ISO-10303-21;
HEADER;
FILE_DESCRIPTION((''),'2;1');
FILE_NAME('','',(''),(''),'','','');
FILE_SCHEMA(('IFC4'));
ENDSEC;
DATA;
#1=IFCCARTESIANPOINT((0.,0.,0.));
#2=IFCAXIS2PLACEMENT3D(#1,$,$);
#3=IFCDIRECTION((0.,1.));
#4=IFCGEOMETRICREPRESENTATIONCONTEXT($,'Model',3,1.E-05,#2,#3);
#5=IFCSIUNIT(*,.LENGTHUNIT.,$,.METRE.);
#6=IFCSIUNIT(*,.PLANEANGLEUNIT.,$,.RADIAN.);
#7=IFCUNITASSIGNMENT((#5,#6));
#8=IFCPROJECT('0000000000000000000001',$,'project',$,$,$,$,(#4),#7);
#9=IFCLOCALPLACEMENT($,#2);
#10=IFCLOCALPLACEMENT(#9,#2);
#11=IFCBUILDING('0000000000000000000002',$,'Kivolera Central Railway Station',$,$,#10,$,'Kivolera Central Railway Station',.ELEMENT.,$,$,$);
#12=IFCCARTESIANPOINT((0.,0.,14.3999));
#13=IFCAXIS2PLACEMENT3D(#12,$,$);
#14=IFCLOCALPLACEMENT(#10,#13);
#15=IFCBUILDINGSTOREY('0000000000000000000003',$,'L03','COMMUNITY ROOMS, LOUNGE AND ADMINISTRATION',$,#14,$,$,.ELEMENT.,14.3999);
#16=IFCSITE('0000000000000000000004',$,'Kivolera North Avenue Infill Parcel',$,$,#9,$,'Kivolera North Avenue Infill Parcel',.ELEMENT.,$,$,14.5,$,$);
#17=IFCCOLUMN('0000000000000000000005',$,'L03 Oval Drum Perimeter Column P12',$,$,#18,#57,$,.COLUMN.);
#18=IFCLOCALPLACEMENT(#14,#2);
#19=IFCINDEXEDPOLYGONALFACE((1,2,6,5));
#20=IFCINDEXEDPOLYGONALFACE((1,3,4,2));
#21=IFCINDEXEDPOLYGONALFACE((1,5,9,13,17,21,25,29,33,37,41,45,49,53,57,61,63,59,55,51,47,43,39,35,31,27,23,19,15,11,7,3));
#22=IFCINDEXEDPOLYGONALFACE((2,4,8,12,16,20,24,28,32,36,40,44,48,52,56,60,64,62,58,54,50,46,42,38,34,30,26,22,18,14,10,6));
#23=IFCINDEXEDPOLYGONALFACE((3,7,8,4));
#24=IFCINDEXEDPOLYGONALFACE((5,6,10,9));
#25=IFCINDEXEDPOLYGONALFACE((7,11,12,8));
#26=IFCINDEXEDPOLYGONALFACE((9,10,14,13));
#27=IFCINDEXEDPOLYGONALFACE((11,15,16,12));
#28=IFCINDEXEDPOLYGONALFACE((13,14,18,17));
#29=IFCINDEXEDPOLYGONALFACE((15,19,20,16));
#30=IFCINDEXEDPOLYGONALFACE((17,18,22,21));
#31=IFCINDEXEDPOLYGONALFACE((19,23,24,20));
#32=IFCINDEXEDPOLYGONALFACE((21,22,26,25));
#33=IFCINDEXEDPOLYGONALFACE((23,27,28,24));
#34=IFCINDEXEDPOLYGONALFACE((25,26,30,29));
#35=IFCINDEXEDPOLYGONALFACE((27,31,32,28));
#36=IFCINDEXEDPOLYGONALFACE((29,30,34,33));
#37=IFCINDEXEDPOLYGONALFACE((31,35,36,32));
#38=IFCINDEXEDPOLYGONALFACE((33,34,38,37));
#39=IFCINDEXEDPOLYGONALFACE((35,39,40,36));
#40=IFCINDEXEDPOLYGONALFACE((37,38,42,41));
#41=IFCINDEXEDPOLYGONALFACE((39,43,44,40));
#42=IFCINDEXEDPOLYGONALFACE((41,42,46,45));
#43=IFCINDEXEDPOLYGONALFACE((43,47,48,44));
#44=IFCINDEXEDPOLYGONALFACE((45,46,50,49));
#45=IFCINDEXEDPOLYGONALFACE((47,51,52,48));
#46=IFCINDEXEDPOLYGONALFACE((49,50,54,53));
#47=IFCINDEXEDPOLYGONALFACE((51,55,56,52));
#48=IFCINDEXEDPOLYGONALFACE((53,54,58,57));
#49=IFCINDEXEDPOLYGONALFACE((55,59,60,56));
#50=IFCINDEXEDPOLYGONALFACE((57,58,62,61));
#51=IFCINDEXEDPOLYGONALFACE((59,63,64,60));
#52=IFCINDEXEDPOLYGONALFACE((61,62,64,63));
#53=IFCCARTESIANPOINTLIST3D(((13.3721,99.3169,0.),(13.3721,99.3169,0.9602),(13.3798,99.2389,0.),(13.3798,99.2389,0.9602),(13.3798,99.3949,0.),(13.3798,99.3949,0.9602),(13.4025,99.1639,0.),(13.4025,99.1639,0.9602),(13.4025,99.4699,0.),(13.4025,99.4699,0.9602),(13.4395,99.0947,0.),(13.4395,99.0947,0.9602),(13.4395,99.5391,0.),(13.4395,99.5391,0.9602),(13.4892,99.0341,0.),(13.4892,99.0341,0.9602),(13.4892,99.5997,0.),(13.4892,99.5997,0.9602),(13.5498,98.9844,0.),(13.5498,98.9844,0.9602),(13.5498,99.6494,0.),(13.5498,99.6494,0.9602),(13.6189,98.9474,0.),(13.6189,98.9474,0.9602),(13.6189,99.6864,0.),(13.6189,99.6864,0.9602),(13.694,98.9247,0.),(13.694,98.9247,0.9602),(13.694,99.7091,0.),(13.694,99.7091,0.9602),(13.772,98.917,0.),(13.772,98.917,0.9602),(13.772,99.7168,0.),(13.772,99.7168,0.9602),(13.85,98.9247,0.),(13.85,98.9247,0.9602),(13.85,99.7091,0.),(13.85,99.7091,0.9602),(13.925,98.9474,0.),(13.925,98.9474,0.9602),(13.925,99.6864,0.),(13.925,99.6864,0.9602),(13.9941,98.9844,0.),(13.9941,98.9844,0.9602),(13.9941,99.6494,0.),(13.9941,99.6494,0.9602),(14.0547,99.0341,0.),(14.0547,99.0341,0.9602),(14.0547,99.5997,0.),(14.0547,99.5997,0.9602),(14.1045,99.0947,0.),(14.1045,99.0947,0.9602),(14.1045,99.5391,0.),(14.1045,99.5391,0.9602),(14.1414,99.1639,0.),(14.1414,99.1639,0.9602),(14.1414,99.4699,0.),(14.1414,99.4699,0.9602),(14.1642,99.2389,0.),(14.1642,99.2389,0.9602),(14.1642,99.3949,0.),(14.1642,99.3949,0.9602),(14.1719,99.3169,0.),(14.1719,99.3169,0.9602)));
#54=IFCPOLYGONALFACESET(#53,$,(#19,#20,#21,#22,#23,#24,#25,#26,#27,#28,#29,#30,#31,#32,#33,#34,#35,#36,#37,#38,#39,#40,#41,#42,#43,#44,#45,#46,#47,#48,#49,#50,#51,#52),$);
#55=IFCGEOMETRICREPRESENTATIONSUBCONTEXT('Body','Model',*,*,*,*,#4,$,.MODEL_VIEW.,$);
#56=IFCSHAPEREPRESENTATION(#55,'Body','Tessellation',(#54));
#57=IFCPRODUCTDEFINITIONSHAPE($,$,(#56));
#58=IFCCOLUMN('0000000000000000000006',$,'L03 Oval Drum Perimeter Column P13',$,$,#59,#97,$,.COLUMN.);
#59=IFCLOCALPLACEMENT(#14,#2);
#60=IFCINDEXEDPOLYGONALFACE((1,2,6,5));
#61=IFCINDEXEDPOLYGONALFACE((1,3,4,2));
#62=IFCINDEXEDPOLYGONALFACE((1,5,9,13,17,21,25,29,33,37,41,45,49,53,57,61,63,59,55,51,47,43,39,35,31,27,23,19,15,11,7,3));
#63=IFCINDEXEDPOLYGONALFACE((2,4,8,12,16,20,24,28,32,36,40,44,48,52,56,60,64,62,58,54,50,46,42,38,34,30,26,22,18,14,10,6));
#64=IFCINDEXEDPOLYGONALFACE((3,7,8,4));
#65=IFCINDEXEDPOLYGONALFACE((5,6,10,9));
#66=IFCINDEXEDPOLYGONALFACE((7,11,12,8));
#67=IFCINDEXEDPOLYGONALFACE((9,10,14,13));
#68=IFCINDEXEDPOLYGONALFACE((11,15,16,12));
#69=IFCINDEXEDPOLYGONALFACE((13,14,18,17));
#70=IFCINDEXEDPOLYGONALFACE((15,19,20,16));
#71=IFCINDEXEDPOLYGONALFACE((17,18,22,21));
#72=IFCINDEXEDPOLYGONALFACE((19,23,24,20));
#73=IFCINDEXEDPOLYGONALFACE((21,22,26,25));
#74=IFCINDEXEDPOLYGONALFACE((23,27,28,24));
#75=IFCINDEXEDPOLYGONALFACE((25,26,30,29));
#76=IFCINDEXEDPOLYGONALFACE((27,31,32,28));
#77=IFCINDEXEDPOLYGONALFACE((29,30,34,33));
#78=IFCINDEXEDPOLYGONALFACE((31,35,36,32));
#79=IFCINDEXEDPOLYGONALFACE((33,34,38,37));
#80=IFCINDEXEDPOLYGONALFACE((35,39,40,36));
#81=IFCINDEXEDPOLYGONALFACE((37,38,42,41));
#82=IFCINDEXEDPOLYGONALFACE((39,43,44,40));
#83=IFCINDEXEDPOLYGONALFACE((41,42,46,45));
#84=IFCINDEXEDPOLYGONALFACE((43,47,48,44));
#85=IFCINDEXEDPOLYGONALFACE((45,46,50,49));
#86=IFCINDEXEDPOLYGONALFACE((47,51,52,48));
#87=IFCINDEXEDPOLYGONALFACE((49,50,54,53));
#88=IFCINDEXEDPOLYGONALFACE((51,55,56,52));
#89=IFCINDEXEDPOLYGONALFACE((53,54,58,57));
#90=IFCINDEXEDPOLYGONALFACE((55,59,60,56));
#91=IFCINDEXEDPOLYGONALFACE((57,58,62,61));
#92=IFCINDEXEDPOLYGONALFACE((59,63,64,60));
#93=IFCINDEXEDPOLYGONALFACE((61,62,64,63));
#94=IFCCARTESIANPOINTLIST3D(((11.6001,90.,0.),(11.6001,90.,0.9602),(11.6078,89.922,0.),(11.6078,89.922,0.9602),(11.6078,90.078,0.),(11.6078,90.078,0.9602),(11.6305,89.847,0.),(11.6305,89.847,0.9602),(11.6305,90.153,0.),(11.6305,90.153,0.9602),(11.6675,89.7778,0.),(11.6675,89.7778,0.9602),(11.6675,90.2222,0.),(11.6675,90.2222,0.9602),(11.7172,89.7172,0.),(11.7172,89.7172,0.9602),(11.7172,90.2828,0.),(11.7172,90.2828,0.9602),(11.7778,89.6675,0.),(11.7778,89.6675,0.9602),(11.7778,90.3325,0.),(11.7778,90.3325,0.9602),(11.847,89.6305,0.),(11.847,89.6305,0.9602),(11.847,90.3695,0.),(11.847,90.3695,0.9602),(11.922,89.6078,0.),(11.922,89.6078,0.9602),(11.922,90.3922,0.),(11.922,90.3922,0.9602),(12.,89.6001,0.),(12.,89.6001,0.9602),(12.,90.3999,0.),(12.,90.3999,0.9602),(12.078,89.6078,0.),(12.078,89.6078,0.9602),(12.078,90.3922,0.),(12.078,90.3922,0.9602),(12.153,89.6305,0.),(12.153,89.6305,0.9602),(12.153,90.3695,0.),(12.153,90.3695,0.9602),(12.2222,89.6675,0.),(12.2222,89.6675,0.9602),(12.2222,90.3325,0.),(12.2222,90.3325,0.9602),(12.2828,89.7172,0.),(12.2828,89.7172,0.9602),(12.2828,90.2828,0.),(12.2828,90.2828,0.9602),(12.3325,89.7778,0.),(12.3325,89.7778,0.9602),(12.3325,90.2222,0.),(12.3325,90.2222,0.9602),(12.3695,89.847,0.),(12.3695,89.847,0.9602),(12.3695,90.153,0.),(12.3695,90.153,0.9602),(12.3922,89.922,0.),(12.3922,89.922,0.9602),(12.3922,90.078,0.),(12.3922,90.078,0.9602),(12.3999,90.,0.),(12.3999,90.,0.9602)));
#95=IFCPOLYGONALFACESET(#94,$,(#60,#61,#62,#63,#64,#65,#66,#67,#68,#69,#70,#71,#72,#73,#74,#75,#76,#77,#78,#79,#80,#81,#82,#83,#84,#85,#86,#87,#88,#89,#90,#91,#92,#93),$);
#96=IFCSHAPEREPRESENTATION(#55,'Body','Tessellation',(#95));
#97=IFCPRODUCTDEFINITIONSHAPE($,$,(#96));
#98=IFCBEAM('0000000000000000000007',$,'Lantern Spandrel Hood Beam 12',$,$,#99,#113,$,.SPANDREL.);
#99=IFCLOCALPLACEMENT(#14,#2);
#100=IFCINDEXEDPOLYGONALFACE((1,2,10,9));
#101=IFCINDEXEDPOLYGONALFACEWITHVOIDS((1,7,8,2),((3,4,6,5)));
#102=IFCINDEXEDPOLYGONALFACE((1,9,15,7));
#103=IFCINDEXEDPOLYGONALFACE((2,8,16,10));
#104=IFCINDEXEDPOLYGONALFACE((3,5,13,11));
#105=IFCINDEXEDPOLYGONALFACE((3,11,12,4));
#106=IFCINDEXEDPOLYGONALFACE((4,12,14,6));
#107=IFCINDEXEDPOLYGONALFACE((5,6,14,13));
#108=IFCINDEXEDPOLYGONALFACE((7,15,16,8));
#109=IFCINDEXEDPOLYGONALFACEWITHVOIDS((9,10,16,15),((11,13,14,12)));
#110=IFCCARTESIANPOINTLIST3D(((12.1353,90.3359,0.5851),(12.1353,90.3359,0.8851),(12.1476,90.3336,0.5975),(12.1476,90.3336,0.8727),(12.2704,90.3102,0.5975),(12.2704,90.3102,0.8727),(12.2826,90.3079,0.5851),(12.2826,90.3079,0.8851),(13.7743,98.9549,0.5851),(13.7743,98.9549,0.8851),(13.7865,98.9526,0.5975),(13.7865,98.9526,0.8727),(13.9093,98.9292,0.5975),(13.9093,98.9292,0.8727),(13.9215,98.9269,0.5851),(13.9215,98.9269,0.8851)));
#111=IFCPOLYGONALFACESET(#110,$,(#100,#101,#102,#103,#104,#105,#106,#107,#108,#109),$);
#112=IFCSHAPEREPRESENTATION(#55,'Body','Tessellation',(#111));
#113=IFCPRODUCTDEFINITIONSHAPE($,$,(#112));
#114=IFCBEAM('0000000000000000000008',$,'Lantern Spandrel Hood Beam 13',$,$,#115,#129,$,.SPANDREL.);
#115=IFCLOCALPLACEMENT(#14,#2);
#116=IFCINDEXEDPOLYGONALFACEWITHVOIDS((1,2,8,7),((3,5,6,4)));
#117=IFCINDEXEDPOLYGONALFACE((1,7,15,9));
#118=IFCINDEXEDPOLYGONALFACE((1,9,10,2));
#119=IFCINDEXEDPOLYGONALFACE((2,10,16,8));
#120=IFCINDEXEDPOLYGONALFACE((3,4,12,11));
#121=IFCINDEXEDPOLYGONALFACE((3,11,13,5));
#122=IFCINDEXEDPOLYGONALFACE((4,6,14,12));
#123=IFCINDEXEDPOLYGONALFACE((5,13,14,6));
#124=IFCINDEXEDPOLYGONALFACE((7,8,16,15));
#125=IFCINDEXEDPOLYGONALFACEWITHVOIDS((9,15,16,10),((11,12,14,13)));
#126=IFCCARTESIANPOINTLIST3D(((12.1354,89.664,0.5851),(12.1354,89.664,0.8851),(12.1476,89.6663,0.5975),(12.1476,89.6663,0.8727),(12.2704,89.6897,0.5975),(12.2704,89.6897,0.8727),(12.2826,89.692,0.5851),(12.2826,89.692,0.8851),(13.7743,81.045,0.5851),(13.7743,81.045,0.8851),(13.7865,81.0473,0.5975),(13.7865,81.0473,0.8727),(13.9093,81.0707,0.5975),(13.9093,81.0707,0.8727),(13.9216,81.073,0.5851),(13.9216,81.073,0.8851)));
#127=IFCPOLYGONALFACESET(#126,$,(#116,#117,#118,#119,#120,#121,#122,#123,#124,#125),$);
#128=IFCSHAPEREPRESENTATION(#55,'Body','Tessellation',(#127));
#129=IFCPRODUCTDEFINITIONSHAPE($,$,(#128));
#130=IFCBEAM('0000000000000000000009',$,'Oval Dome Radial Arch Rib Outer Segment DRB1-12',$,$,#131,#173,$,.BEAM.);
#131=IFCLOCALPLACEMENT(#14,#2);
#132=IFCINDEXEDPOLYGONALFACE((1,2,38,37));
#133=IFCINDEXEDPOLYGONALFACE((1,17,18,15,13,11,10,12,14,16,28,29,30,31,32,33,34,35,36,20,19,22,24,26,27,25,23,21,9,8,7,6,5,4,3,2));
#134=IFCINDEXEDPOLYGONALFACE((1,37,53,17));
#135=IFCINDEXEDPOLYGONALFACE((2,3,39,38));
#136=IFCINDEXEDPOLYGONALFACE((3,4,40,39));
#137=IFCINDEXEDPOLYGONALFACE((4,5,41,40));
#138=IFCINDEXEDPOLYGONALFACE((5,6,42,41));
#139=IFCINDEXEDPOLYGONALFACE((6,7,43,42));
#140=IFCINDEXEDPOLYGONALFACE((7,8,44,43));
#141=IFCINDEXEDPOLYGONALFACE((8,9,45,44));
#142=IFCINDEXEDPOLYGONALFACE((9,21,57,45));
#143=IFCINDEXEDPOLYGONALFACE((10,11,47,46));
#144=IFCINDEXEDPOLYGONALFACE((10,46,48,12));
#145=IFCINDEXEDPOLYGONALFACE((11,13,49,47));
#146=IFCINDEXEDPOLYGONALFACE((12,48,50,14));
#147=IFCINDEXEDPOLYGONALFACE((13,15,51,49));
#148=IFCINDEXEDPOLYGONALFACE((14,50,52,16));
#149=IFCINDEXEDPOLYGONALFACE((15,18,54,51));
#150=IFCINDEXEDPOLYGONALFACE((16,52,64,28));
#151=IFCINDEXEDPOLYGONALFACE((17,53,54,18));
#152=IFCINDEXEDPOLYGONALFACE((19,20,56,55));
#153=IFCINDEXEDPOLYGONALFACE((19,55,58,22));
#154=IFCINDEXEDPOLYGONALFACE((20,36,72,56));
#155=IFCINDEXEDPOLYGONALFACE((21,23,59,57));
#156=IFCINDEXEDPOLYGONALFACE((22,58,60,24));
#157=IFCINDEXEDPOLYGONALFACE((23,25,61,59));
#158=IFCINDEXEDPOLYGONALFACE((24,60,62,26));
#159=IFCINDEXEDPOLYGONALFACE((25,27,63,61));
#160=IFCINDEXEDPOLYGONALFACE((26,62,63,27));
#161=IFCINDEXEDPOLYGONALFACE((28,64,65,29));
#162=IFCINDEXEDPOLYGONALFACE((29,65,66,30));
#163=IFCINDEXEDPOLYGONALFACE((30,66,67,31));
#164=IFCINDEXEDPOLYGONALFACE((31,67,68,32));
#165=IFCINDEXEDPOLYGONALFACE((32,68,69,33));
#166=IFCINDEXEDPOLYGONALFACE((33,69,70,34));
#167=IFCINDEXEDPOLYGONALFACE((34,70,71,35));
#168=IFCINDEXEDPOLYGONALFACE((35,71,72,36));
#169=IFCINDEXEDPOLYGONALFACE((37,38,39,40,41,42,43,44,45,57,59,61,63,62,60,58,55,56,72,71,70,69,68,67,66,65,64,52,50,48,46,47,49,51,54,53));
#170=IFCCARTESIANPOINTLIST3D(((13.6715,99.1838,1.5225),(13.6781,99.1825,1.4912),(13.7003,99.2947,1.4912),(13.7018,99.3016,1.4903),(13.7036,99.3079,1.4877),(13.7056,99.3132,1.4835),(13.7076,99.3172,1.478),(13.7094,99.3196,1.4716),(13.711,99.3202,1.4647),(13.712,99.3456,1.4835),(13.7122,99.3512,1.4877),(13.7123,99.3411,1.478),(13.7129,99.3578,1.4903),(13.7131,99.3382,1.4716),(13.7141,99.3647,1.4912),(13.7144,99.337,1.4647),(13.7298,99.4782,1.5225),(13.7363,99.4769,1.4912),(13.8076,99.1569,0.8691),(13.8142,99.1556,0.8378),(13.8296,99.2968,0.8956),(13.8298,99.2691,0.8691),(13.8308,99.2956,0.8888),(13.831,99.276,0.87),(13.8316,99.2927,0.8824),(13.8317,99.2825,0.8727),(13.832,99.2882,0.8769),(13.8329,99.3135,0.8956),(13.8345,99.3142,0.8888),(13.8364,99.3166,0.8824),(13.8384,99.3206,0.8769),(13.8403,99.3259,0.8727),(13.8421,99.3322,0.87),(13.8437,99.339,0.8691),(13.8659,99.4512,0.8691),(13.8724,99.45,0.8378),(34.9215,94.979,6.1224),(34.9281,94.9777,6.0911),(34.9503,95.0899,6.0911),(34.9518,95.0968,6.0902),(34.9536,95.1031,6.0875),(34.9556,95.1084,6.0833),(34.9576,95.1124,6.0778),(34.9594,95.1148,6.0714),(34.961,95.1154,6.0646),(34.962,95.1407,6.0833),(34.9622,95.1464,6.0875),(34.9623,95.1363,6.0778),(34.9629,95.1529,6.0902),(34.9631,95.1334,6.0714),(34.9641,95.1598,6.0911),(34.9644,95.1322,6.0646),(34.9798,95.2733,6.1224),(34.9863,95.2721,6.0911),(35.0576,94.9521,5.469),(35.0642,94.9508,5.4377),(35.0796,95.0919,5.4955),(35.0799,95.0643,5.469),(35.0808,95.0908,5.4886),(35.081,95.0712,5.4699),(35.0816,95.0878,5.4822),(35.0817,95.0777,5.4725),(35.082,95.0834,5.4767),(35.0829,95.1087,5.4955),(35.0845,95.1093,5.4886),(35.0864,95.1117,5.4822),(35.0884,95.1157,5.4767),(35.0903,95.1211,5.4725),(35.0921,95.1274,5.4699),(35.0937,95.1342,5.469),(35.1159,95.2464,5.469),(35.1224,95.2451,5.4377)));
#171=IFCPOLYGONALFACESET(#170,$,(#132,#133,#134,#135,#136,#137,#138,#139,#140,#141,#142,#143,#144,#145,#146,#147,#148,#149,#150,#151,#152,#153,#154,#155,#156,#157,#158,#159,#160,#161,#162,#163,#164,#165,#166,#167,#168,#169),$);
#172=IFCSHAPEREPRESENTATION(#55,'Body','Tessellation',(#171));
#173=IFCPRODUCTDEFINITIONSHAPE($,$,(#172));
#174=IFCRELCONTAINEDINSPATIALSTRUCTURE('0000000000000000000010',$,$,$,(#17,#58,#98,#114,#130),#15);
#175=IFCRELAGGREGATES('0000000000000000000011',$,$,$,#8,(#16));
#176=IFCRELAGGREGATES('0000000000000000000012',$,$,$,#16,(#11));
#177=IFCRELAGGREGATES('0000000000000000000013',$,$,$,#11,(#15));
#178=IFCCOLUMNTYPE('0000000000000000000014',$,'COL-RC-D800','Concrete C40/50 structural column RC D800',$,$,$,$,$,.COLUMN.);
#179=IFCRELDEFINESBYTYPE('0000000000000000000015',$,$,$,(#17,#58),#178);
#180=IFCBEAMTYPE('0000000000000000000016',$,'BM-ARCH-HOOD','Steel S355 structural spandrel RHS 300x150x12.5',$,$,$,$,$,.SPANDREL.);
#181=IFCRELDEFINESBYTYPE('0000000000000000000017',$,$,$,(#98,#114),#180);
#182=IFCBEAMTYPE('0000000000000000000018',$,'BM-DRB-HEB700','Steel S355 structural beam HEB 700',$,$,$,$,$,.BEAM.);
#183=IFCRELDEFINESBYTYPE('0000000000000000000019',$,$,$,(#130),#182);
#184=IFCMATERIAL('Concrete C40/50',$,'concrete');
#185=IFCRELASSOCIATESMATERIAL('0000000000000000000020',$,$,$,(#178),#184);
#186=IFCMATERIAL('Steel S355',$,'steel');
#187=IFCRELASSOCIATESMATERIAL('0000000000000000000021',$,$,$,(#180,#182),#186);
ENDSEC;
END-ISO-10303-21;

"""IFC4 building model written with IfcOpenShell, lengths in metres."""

from ifc_helpers import new_model, si_unit, direction, frame, origin, origin_2d, place, context, subcontext, project, spatial, hollow_rectangle, circle, i_section, extrude, material, material_profile, profile_set, type_object, element, save


model = new_model("IFC4")

# Units and contexts
model_context = context("Model", 3, precision=1e-05, world=origin(), true_north=direction((0.0, 1.0)))
body_context = subcontext(model_context, "Body", "Model", "MODEL_VIEW")
ifc_project = project(units=[si_unit("LENGTHUNIT", "METRE"), si_unit("PLANEANGLEUNIT", "RADIAN")], contexts=[model_context])

# Site, building, storey
site_placement = place(None, origin())
site = spatial("IfcSite", under=ifc_project, at=site_placement, Name="Kivolera North Avenue Infill Parcel", LongName="Kivolera North Avenue Infill Parcel", CompositionType="ELEMENT", RefElevation=14.5)
building_placement = place(site_placement, origin())
building = spatial("IfcBuilding", under=site, at=building_placement, Name="Kivolera Central Railway Station", LongName="Kivolera Central Railway Station", CompositionType="ELEMENT")
storey_placement = place(building_placement, frame((0.0, 0.0, 14.3999)))
storey = spatial("IfcBuildingStorey", under=building, at=storey_placement, Name="L03", Description="COMMUNITY ROOMS, LOUNGE AND ADMINISTRATION", CompositionType="ELEMENT", Elevation=14.3999)

# Columns
ifc_material_1 = material(Name="Concrete C40/50", Category="concrete")
ifc_material_profile_1 = material_profile(ifc_material_1, circle(Radius=0.3999, at=origin_2d()), Name="RC D800")
ifc_profile_set_1 = profile_set([ifc_material_profile_1], Name="Concrete C40/50")
column_type = type_object("IfcColumnType", Name="COL-RC-D800", Description="Concrete C40/50 structural column RC D800", PredefinedType="COLUMN", material=ifc_profile_set_1)
for number, where, z_axis, x_axis, name in (
    (1, (13.772, 99.3169, 0.0), (0.0, 0.0, 1.0), (1.0, 0.0, 0.0), "L03 Oval Drum Perimeter Column P12"),
    (2, (12.0, 90.0, 0.0), (0.0, 0.0, 1.0), (1.0, 0.0, 0.0), "L03 Oval Drum Perimeter Column P13"),
):
    element("IfcColumn", number, at=place(storey_placement, frame(where, z_axis=z_axis, x_axis=x_axis)), inside=storey, type_object=column_type, Name=name, PredefinedType="COLUMN", context=body_context, shape_type="SweptSolid", body=[
        extrude(circle(Radius=0.3999, at=origin_2d()), origin(), (0.0, 0.0, 1.0), 0.9602),
    ])

# Beams
ifc_material_2 = material(Name="Steel S355", Category="steel")
ifc_material_profile_2 = material_profile(ifc_material_2, hollow_rectangle(XDim=0.1499, YDim=0.3, WallThickness=0.0125, at=origin_2d()), Name="RHS 300x150x12.5")
ifc_profile_set_2 = profile_set([ifc_material_profile_2], Name="Steel S355")
beam_type_1 = type_object("IfcBeamType", Name="BM-ARCH-HOOD", Description="Steel S355 structural spandrel RHS 300x150x12.5", PredefinedType="SPANDREL", material=ifc_profile_set_2)
for number, where, z_axis, x_axis, name in (
    (3, (13.8479, 98.9409, 0.7351), (-0.186806, -0.982397, 0.0), (0.982397, -0.186806, 0.0), "Lantern Spandrel Hood Beam 12"),
    (4, (12.209, 89.678, 0.7351), (0.186806, -0.982397, 0.0), (0.982397, 0.186806, 0.0), "Lantern Spandrel Hood Beam 13"),
):
    element("IfcBeam", number, at=place(storey_placement, frame(where, z_axis=z_axis, x_axis=x_axis)), inside=storey, type_object=beam_type_1, Name=name, PredefinedType="SPANDREL", context=body_context, shape_type="SweptSolid", body=[
        extrude(hollow_rectangle(XDim=0.1499, YDim=0.3, WallThickness=0.0125, at=origin_2d()), origin(), (0.0, 0.0, 1.0), 8.7734),
    ])
ifc_material_profile_3 = material_profile(ifc_material_2, i_section(OverallWidth=0.3, OverallDepth=0.7, WebThickness=0.0171, FlangeThickness=0.032, FilletRadius=0.0271, at=origin_2d()), Name="HEB 700")
ifc_profile_set_3 = profile_set([ifc_material_profile_3], Name="Steel S355")
beam_type_2 = type_object("IfcBeamType", Name="BM-DRB-HEB700", Description="Steel S355 structural beam HEB 700", PredefinedType="BEAM", material=ifc_profile_set_3)
beam_1_placement = place(storey_placement, frame((13.772, 99.3169, 1.1802), z_axis=(0.959584, -0.189877, 0.207715), x_axis=(0.194111, 0.98098, 0.0)))
element("IfcBeam", 5, at=beam_1_placement, inside=storey, type_object=beam_type_2, Name="Oval Dome Radial Arch Rib Outer Segment DRB1-12", PredefinedType="BEAM", context=body_context, shape_type="SweptSolid", body=[
    extrude(i_section(OverallWidth=0.3, OverallDepth=0.7, WebThickness=0.0171, FlangeThickness=0.032, FilletRadius=0.0271, at=origin_2d()), origin(), (0.0, 0.0, 1.0), 22.145),
])

save(model, "model.ifc")
